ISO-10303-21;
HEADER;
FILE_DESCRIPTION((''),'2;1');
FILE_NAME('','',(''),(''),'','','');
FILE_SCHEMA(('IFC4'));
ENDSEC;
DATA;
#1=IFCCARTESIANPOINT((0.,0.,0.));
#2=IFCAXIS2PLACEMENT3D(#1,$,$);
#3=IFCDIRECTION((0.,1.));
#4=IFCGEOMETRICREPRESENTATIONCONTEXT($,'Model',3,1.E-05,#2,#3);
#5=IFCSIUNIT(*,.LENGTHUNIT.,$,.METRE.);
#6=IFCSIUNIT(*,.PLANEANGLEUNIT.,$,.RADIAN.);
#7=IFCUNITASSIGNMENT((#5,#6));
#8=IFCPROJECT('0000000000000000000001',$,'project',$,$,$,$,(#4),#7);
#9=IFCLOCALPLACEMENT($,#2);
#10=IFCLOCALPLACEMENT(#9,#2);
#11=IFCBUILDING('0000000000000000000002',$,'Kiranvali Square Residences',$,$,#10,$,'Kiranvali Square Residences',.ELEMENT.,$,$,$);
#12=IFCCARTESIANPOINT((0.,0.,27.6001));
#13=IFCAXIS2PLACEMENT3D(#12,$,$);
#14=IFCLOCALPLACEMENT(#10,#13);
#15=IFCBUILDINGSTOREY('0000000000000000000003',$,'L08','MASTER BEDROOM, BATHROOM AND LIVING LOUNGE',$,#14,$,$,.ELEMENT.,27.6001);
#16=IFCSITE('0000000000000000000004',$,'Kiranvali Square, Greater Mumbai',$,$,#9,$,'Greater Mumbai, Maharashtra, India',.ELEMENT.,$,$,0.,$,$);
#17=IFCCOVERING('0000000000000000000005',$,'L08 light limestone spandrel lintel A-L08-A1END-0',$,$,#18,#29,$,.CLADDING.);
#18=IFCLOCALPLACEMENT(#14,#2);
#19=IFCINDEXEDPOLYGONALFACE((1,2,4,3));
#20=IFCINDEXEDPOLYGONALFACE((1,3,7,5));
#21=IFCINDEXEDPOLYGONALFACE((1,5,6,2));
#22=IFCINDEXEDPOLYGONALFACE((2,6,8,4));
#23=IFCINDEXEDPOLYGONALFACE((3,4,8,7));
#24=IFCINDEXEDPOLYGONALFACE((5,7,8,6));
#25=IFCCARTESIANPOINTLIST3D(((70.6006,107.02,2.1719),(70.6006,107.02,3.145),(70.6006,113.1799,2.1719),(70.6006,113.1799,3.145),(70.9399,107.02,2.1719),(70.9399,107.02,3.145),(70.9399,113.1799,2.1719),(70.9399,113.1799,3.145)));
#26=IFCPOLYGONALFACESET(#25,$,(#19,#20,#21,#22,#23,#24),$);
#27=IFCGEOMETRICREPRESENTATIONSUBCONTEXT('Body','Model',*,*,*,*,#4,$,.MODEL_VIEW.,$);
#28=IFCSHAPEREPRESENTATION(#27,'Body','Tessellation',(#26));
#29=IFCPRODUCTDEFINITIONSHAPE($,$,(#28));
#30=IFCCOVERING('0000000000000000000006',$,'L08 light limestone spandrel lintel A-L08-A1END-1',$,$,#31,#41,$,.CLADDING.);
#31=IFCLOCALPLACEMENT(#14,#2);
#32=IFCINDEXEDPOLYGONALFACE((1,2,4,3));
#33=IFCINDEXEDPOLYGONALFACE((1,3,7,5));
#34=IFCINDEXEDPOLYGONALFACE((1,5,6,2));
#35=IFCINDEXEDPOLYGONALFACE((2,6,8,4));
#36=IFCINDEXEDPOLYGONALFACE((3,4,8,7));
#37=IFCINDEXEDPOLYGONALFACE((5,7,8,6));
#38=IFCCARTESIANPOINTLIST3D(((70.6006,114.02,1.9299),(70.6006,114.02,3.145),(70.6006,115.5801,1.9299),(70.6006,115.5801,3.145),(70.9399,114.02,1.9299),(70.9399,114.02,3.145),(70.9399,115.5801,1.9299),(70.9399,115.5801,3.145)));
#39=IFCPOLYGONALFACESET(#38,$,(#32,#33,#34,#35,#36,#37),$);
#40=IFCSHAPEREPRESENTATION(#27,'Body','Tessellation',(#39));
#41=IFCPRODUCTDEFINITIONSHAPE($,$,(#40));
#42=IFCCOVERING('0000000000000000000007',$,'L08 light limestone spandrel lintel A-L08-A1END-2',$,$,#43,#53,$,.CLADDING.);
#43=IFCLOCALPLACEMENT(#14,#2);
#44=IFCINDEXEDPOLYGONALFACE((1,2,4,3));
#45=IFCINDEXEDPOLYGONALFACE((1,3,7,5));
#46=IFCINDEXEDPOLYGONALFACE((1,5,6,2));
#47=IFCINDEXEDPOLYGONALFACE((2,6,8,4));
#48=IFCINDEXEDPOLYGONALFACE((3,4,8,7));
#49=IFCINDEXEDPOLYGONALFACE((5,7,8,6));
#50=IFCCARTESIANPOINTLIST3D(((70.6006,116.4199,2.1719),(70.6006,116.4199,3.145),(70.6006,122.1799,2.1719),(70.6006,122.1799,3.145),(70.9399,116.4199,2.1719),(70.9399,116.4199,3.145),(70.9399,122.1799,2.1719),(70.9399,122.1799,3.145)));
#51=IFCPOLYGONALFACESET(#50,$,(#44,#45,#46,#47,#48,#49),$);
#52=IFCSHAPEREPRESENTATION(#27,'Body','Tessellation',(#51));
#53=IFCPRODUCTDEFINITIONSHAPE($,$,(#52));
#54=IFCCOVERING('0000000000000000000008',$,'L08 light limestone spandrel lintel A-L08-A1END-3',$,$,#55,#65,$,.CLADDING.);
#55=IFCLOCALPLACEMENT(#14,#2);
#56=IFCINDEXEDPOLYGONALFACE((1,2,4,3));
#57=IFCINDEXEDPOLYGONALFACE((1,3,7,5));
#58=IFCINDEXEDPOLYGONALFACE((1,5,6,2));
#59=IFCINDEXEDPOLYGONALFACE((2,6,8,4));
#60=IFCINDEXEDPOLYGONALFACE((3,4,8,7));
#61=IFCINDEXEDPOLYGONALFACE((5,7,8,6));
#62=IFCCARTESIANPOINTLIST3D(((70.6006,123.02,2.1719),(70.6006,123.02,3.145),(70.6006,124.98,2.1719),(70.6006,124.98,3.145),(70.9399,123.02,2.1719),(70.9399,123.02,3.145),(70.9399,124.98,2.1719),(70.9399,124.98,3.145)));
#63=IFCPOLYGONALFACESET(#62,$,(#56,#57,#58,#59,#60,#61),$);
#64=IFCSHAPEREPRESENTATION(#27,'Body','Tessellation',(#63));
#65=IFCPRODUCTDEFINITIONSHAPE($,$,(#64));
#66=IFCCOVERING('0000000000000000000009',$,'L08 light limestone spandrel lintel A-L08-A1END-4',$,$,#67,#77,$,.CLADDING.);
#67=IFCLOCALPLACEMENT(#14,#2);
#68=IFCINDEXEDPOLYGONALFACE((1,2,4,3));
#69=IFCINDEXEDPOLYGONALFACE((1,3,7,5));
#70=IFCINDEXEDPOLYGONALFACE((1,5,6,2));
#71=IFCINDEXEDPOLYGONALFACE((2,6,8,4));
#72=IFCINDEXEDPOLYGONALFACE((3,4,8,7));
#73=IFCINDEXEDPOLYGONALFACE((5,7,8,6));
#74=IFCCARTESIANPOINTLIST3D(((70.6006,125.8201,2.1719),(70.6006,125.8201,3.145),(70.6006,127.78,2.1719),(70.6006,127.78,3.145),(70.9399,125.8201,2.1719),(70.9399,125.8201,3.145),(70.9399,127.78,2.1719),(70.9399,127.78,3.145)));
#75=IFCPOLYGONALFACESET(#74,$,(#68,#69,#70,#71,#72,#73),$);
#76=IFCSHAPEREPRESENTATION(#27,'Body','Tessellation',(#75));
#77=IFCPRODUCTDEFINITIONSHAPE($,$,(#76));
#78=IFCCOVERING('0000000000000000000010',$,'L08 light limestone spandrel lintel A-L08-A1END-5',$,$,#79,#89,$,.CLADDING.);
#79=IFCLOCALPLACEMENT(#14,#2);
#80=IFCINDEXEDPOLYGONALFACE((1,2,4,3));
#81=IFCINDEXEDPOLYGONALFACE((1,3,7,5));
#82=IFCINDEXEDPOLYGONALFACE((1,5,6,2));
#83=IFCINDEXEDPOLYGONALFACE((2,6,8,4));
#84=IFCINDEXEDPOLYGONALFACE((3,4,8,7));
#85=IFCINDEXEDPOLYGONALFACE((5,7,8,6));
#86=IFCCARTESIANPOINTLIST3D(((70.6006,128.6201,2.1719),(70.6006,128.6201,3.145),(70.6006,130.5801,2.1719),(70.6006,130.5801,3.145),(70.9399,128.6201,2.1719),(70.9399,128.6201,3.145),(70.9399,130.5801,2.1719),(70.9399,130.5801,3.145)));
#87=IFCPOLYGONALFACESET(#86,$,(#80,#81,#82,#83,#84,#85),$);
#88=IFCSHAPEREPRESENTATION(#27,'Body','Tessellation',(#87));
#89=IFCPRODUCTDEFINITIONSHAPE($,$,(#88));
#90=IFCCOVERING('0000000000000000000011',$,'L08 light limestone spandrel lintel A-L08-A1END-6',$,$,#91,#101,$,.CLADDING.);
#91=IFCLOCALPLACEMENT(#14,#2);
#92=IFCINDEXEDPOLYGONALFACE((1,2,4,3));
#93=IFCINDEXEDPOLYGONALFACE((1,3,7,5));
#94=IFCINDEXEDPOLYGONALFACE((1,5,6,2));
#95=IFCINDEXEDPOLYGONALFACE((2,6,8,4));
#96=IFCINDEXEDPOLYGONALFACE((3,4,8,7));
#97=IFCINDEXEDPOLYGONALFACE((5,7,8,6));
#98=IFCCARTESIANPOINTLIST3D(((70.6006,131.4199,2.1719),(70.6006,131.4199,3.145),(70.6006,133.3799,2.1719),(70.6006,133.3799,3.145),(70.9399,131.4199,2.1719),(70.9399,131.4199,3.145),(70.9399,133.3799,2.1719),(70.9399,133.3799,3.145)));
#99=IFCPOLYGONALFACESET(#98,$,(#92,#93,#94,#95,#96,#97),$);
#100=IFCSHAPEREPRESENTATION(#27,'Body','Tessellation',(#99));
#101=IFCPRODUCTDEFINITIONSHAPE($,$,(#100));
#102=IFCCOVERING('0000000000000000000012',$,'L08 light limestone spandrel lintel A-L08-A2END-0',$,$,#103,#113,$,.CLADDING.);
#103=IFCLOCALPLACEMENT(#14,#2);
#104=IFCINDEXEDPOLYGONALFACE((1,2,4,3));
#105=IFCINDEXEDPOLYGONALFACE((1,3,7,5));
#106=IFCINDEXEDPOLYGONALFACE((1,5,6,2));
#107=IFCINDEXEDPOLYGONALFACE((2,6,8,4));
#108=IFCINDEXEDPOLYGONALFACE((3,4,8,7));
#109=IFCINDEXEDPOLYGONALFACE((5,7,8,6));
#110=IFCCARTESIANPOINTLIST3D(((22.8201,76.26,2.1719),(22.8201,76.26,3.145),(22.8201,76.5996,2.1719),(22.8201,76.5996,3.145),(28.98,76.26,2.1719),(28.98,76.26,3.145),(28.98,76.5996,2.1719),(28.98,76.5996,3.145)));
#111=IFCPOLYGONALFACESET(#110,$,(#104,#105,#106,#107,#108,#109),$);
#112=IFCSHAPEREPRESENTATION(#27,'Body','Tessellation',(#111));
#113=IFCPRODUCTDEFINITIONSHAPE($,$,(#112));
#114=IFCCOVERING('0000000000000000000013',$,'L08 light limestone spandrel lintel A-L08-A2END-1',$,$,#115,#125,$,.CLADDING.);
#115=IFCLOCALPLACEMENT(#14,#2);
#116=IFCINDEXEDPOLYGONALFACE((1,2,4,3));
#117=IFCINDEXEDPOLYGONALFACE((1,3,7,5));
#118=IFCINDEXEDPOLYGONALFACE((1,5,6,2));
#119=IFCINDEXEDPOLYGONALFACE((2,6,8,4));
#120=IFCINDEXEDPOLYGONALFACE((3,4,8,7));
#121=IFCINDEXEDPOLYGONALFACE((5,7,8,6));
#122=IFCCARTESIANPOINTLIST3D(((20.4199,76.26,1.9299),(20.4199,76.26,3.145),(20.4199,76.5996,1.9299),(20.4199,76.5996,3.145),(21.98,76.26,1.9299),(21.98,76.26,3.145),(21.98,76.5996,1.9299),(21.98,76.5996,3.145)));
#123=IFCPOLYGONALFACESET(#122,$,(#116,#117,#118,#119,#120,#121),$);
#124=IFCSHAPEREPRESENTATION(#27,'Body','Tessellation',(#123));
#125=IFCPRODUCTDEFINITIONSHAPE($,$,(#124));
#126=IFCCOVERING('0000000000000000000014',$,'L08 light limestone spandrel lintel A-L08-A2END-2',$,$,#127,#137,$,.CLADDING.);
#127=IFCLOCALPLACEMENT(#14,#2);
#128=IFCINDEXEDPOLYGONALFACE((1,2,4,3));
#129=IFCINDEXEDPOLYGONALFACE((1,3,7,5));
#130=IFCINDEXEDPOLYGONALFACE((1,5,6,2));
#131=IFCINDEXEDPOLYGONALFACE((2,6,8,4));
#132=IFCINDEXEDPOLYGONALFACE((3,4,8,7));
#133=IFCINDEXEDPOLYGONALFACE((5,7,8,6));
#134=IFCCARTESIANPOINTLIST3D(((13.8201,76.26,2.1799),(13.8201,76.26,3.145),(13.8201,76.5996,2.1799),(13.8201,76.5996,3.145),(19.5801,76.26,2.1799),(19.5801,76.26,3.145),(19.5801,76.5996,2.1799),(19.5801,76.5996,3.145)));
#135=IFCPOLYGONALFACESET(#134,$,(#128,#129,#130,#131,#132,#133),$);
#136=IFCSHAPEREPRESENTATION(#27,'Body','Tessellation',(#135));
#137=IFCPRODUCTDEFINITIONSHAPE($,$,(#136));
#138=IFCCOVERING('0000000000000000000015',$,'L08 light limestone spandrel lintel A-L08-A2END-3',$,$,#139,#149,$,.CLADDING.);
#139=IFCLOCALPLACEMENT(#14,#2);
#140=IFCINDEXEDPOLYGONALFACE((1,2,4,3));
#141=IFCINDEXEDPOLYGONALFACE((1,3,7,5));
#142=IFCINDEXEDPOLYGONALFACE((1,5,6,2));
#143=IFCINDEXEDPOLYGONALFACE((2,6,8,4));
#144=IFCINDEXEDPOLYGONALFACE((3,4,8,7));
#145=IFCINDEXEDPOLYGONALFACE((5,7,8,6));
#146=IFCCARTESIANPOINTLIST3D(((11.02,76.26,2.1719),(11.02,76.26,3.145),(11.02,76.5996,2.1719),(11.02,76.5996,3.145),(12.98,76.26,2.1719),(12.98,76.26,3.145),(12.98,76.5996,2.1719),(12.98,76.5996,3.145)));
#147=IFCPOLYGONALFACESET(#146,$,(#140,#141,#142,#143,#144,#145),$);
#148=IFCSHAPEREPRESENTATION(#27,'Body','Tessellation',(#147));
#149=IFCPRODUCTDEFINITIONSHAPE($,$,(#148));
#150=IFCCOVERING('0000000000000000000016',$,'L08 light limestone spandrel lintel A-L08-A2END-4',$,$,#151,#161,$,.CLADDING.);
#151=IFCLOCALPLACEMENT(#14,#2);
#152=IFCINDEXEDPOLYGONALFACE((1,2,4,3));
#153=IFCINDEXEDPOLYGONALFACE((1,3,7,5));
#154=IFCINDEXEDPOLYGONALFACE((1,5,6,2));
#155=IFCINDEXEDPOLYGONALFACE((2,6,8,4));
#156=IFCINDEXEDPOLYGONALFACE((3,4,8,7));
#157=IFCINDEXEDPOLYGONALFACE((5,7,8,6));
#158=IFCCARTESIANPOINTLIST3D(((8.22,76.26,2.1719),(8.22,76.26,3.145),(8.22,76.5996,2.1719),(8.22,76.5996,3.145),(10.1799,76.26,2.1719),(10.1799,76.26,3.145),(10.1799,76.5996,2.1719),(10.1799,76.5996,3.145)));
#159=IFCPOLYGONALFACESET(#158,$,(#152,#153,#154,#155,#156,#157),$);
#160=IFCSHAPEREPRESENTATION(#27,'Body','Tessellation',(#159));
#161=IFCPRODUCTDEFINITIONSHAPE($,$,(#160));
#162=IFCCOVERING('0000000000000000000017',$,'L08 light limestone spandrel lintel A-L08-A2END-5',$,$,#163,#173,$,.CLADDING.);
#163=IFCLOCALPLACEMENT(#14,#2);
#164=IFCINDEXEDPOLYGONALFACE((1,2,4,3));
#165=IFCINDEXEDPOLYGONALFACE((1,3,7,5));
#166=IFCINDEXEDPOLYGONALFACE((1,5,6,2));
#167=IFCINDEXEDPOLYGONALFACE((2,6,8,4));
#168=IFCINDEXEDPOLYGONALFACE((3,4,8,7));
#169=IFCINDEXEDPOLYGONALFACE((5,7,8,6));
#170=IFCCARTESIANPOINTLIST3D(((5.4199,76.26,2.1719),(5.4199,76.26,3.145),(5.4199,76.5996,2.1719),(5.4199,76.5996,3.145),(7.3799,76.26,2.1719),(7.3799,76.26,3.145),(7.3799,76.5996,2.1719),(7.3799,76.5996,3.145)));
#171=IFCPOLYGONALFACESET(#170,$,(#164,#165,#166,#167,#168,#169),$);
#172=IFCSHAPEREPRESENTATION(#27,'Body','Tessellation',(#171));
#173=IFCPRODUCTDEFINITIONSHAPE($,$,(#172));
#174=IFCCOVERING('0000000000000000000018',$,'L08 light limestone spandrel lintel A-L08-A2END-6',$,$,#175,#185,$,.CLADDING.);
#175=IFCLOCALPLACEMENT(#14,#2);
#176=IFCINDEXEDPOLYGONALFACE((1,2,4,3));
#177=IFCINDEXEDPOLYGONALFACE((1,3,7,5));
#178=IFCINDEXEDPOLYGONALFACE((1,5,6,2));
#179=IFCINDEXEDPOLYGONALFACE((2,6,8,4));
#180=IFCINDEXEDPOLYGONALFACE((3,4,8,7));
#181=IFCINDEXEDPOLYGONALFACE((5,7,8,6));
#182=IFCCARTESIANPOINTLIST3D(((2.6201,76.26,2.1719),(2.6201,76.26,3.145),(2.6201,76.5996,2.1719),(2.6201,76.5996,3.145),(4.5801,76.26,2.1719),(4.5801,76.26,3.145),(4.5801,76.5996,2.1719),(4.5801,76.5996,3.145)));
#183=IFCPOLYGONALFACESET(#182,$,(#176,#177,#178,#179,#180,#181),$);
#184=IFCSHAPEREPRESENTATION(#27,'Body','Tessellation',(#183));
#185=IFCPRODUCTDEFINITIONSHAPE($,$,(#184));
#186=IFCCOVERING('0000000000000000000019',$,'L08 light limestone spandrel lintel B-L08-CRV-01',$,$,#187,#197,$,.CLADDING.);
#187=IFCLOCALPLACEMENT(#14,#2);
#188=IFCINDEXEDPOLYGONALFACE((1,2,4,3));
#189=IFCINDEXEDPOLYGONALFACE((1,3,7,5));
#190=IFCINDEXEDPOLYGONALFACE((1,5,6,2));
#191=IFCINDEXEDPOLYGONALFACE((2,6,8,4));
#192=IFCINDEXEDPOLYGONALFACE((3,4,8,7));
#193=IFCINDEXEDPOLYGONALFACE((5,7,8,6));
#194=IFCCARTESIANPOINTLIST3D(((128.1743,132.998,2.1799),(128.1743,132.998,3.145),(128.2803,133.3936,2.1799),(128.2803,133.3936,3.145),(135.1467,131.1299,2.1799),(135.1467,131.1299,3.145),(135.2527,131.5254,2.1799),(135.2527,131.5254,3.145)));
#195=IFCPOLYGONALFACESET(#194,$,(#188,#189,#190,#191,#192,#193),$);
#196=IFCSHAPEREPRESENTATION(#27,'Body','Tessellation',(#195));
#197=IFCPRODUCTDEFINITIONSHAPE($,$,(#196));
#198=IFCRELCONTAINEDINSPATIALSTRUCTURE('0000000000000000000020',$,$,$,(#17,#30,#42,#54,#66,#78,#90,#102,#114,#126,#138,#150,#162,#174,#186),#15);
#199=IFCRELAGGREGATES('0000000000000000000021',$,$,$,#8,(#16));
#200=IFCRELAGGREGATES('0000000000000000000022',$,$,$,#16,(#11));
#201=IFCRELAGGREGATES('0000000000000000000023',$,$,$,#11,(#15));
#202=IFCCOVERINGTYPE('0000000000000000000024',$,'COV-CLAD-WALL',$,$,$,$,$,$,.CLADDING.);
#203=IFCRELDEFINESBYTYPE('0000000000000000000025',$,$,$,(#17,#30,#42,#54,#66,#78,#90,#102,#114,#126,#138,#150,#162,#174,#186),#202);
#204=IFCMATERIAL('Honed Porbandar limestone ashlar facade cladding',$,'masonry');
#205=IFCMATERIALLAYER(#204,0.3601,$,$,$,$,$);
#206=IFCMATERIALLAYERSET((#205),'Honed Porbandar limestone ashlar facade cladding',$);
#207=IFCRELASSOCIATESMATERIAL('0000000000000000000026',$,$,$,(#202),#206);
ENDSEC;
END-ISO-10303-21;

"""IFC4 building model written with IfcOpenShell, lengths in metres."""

from ifc_helpers import new_model, si_unit, direction, frame, origin, place, context, subcontext, project, spatial, polyline, outline, extrude, material, layer, layer_set, type_object, element, save


model = new_model("IFC4")

# Units and contexts
model_context = context("Model", 3, precision=1e-05, world=origin(), true_north=direction((0.0, 1.0)))
body_context = subcontext(model_context, "Body", "Model", "MODEL_VIEW")
ifc_project = project(units=[si_unit("LENGTHUNIT", "METRE"), si_unit("PLANEANGLEUNIT", "RADIAN")], contexts=[model_context])

# Site, building, storey
site_placement = place(None, origin())
site = spatial("IfcSite", under=ifc_project, at=site_placement, Name="Kiranvali Square, Greater Mumbai", LongName="Greater Mumbai, Maharashtra, India", CompositionType="ELEMENT", RefElevation=0.0)
building_placement = place(site_placement, origin())
building = spatial("IfcBuilding", under=site, at=building_placement, Name="Kiranvali Square Residences", LongName="Kiranvali Square Residences", CompositionType="ELEMENT")
storey_placement = place(building_placement, frame((0.0, 0.0, 27.6001)))
storey = spatial("IfcBuildingStorey", under=building, at=storey_placement, Name="L08", Description="MASTER BEDROOM, BATHROOM AND LIVING LOUNGE", CompositionType="ELEMENT", Elevation=27.6001)

# Coverings
ifc_material = material(Name="Honed Porbandar limestone ashlar facade cladding", Category="masonry")
ifc_layer_1 = layer(ifc_material, 0.3601)
ifc_layer_set_1 = layer_set([ifc_layer_1], Name="Honed Porbandar limestone ashlar facade cladding")
covering_type_1 = type_object("IfcCoveringType", Name="COV-CLAD-WALL", PredefinedType="CLADDING", material=ifc_layer_set_1)
covering_1_placement = place(storey_placement, frame((0.0, 0.0, 2.1719)))
element("IfcCovering", 1, at=covering_1_placement, inside=storey, type_object=covering_type_1, Name="L08 light limestone spandrel lintel A-L08-A1END-0", PredefinedType="CLADDING", context=body_context, shape_type="SweptSolid", body=[
    extrude(outline(polyline([(70.9399, 107.02), (70.9399, 113.1799), (70.6006, 113.1799), (70.6006, 107.02), (70.9399, 107.02)])), origin(), (0.0, 0.0, 1.0), 0.9731),
])
covering_2_placement = place(storey_placement, frame((0.0, 0.0, 1.9299)))
element("IfcCovering", 2, at=covering_2_placement, inside=storey, type_object=covering_type_1, Name="L08 light limestone spandrel lintel A-L08-A1END-1", PredefinedType="CLADDING", context=body_context, shape_type="SweptSolid", body=[
    extrude(outline(polyline([(70.9399, 114.02), (70.9399, 115.5801), (70.6006, 115.5801), (70.6006, 114.02), (70.9399, 114.02)])), origin(), (0.0, 0.0, 1.0), 1.2151),
])
covering_3_placement = place(storey_placement, frame((0.0, 0.0, 2.1719)))
element("IfcCovering", 3, at=covering_3_placement, inside=storey, type_object=covering_type_1, Name="L08 light limestone spandrel lintel A-L08-A1END-2", PredefinedType="CLADDING", context=body_context, shape_type="SweptSolid", body=[
    extrude(outline(polyline([(70.9399, 116.4199), (70.9399, 122.1799), (70.6006, 122.1799), (70.6006, 116.4199), (70.9399, 116.4199)])), origin(), (0.0, 0.0, 1.0), 0.9731),
])
covering_4_placement = place(storey_placement, frame((0.0, 0.0, 2.1719)))
element("IfcCovering", 4, at=covering_4_placement, inside=storey, type_object=covering_type_1, Name="L08 light limestone spandrel lintel A-L08-A1END-3", PredefinedType="CLADDING", context=body_context, shape_type="SweptSolid", body=[
    extrude(outline(polyline([(70.9399, 123.02), (70.9399, 124.98), (70.6006, 124.98), (70.6006, 123.02), (70.9399, 123.02)])), origin(), (0.0, 0.0, 1.0), 0.9731),
])
covering_5_placement = place(storey_placement, frame((0.0, 0.0, 2.1719)))
element("IfcCovering", 5, at=covering_5_placement, inside=storey, type_object=covering_type_1, Name="L08 light limestone spandrel lintel A-L08-A1END-4", PredefinedType="CLADDING", context=body_context, shape_type="SweptSolid", body=[
    extrude(outline(polyline([(70.9399, 125.8201), (70.9399, 127.78), (70.6006, 127.78), (70.6006, 125.8201), (70.9399, 125.8201)])), origin(), (0.0, 0.0, 1.0), 0.9731),
])
covering_6_placement = place(storey_placement, frame((0.0, 0.0, 2.1719)))
element("IfcCovering", 6, at=covering_6_placement, inside=storey, type_object=covering_type_1, Name="L08 light limestone spandrel lintel A-L08-A1END-5", PredefinedType="CLADDING", context=body_context, shape_type="SweptSolid", body=[
    extrude(outline(polyline([(70.9399, 128.6201), (70.9399, 130.5801), (70.6006, 130.5801), (70.6006, 128.6201), (70.9399, 128.6201)])), origin(), (0.0, 0.0, 1.0), 0.9731),
])
covering_7_placement = place(storey_placement, frame((0.0, 0.0, 2.1719)))
element("IfcCovering", 7, at=covering_7_placement, inside=storey, type_object=covering_type_1, Name="L08 light limestone spandrel lintel A-L08-A1END-6", PredefinedType="CLADDING", context=body_context, shape_type="SweptSolid", body=[
    extrude(outline(polyline([(70.9399, 131.4199), (70.9399, 133.3799), (70.6006, 133.3799), (70.6006, 131.4199), (70.9399, 131.4199)])), origin(), (0.0, 0.0, 1.0), 0.9731),
])
covering_8_placement = place(storey_placement, frame((0.0, 0.0, 2.1719)))
element("IfcCovering", 8, at=covering_8_placement, inside=storey, type_object=covering_type_1, Name="L08 light limestone spandrel lintel A-L08-A2END-0", PredefinedType="CLADDING", context=body_context, shape_type="SweptSolid", body=[
    extrude(outline(polyline([(28.98, 76.5996), (22.8201, 76.5996), (22.8201, 76.26), (28.98, 76.26), (28.98, 76.5996)])), origin(), (0.0, 0.0, 1.0), 0.9731),
])
covering_9_placement = place(storey_placement, frame((0.0, 0.0, 1.9299)))
element("IfcCovering", 9, at=covering_9_placement, inside=storey, type_object=covering_type_1, Name="L08 light limestone spandrel lintel A-L08-A2END-1", PredefinedType="CLADDING", context=body_context, shape_type="SweptSolid", body=[
    extrude(outline(polyline([(21.98, 76.5996), (20.4199, 76.5996), (20.4199, 76.26), (21.98, 76.26), (21.98, 76.5996)])), origin(), (0.0, 0.0, 1.0), 1.2151),
])
covering_10_placement = place(storey_placement, frame((0.0, 0.0, 2.1799)))
element("IfcCovering", 10, at=covering_10_placement, inside=storey, type_object=covering_type_1, Name="L08 light limestone spandrel lintel A-L08-A2END-2", PredefinedType="CLADDING", context=body_context, shape_type="SweptSolid", body=[
    extrude(outline(polyline([(19.5801, 76.5996), (13.8201, 76.5996), (13.8201, 76.26), (19.5801, 76.26), (19.5801, 76.5996)])), origin(), (0.0, 0.0, 1.0), 0.9651),
])
covering_11_placement = place(storey_placement, frame((0.0, 0.0, 2.1719)))
element("IfcCovering", 11, at=covering_11_placement, inside=storey, type_object=covering_type_1, Name="L08 light limestone spandrel lintel A-L08-A2END-3", PredefinedType="CLADDING", context=body_context, shape_type="SweptSolid", body=[
    extrude(outline(polyline([(12.98, 76.5996), (11.02, 76.5996), (11.02, 76.26), (12.98, 76.26), (12.98, 76.5996)])), origin(), (0.0, 0.0, 1.0), 0.9731),
])
covering_12_placement = place(storey_placement, frame((0.0, 0.0, 2.1719)))
element("IfcCovering", 12, at=covering_12_placement, inside=storey, type_object=covering_type_1, Name="L08 light limestone spandrel lintel A-L08-A2END-4", PredefinedType="CLADDING", context=body_context, shape_type="SweptSolid", body=[
    extrude(outline(polyline([(10.1799, 76.5996), (8.22, 76.5996), (8.22, 76.26), (10.1799, 76.26), (10.1799, 76.5996)])), origin(), (0.0, 0.0, 1.0), 0.9731),
])
covering_13_placement = place(storey_placement, frame((0.0, 0.0, 2.1719)))
element("IfcCovering", 13, at=covering_13_placement, inside=storey, type_object=covering_type_1, Name="L08 light limestone spandrel lintel A-L08-A2END-5", PredefinedType="CLADDING", context=body_context, shape_type="SweptSolid", body=[
    extrude(outline(polyline([(7.3799, 76.5996), (5.4199, 76.5996), (5.4199, 76.26), (7.3799, 76.26), (7.3799, 76.5996)])), origin(), (0.0, 0.0, 1.0), 0.9731),
])
covering_14_placement = place(storey_placement, frame((0.0, 0.0, 2.1719)))
element("IfcCovering", 14, at=covering_14_placement, inside=storey, type_object=covering_type_1, Name="L08 light limestone spandrel lintel A-L08-A2END-6", PredefinedType="CLADDING", context=body_context, shape_type="SweptSolid", body=[
    extrude(outline(polyline([(4.5801, 76.5996), (2.6201, 76.5996), (2.6201, 76.26), (4.5801, 76.26), (4.5801, 76.5996)])), origin(), (0.0, 0.0, 1.0), 0.9731),
])
covering_15_placement = place(storey_placement, frame((0.0, 0.0, 2.1799)))
element("IfcCovering", 15, at=covering_15_placement, inside=storey, type_object=covering_type_1, Name="L08 light limestone spandrel lintel B-L08-CRV-01", PredefinedType="CLADDING", context=body_context, shape_type="SweptSolid", body=[
    extrude(outline(polyline([(128.1743, 132.998), (135.1467, 131.1299), (135.2527, 131.5254), (128.2803, 133.3936), (128.1743, 132.998)])), origin(), (0.0, 0.0, 1.0), 0.9651),
])

save(model, "model.ifc")
